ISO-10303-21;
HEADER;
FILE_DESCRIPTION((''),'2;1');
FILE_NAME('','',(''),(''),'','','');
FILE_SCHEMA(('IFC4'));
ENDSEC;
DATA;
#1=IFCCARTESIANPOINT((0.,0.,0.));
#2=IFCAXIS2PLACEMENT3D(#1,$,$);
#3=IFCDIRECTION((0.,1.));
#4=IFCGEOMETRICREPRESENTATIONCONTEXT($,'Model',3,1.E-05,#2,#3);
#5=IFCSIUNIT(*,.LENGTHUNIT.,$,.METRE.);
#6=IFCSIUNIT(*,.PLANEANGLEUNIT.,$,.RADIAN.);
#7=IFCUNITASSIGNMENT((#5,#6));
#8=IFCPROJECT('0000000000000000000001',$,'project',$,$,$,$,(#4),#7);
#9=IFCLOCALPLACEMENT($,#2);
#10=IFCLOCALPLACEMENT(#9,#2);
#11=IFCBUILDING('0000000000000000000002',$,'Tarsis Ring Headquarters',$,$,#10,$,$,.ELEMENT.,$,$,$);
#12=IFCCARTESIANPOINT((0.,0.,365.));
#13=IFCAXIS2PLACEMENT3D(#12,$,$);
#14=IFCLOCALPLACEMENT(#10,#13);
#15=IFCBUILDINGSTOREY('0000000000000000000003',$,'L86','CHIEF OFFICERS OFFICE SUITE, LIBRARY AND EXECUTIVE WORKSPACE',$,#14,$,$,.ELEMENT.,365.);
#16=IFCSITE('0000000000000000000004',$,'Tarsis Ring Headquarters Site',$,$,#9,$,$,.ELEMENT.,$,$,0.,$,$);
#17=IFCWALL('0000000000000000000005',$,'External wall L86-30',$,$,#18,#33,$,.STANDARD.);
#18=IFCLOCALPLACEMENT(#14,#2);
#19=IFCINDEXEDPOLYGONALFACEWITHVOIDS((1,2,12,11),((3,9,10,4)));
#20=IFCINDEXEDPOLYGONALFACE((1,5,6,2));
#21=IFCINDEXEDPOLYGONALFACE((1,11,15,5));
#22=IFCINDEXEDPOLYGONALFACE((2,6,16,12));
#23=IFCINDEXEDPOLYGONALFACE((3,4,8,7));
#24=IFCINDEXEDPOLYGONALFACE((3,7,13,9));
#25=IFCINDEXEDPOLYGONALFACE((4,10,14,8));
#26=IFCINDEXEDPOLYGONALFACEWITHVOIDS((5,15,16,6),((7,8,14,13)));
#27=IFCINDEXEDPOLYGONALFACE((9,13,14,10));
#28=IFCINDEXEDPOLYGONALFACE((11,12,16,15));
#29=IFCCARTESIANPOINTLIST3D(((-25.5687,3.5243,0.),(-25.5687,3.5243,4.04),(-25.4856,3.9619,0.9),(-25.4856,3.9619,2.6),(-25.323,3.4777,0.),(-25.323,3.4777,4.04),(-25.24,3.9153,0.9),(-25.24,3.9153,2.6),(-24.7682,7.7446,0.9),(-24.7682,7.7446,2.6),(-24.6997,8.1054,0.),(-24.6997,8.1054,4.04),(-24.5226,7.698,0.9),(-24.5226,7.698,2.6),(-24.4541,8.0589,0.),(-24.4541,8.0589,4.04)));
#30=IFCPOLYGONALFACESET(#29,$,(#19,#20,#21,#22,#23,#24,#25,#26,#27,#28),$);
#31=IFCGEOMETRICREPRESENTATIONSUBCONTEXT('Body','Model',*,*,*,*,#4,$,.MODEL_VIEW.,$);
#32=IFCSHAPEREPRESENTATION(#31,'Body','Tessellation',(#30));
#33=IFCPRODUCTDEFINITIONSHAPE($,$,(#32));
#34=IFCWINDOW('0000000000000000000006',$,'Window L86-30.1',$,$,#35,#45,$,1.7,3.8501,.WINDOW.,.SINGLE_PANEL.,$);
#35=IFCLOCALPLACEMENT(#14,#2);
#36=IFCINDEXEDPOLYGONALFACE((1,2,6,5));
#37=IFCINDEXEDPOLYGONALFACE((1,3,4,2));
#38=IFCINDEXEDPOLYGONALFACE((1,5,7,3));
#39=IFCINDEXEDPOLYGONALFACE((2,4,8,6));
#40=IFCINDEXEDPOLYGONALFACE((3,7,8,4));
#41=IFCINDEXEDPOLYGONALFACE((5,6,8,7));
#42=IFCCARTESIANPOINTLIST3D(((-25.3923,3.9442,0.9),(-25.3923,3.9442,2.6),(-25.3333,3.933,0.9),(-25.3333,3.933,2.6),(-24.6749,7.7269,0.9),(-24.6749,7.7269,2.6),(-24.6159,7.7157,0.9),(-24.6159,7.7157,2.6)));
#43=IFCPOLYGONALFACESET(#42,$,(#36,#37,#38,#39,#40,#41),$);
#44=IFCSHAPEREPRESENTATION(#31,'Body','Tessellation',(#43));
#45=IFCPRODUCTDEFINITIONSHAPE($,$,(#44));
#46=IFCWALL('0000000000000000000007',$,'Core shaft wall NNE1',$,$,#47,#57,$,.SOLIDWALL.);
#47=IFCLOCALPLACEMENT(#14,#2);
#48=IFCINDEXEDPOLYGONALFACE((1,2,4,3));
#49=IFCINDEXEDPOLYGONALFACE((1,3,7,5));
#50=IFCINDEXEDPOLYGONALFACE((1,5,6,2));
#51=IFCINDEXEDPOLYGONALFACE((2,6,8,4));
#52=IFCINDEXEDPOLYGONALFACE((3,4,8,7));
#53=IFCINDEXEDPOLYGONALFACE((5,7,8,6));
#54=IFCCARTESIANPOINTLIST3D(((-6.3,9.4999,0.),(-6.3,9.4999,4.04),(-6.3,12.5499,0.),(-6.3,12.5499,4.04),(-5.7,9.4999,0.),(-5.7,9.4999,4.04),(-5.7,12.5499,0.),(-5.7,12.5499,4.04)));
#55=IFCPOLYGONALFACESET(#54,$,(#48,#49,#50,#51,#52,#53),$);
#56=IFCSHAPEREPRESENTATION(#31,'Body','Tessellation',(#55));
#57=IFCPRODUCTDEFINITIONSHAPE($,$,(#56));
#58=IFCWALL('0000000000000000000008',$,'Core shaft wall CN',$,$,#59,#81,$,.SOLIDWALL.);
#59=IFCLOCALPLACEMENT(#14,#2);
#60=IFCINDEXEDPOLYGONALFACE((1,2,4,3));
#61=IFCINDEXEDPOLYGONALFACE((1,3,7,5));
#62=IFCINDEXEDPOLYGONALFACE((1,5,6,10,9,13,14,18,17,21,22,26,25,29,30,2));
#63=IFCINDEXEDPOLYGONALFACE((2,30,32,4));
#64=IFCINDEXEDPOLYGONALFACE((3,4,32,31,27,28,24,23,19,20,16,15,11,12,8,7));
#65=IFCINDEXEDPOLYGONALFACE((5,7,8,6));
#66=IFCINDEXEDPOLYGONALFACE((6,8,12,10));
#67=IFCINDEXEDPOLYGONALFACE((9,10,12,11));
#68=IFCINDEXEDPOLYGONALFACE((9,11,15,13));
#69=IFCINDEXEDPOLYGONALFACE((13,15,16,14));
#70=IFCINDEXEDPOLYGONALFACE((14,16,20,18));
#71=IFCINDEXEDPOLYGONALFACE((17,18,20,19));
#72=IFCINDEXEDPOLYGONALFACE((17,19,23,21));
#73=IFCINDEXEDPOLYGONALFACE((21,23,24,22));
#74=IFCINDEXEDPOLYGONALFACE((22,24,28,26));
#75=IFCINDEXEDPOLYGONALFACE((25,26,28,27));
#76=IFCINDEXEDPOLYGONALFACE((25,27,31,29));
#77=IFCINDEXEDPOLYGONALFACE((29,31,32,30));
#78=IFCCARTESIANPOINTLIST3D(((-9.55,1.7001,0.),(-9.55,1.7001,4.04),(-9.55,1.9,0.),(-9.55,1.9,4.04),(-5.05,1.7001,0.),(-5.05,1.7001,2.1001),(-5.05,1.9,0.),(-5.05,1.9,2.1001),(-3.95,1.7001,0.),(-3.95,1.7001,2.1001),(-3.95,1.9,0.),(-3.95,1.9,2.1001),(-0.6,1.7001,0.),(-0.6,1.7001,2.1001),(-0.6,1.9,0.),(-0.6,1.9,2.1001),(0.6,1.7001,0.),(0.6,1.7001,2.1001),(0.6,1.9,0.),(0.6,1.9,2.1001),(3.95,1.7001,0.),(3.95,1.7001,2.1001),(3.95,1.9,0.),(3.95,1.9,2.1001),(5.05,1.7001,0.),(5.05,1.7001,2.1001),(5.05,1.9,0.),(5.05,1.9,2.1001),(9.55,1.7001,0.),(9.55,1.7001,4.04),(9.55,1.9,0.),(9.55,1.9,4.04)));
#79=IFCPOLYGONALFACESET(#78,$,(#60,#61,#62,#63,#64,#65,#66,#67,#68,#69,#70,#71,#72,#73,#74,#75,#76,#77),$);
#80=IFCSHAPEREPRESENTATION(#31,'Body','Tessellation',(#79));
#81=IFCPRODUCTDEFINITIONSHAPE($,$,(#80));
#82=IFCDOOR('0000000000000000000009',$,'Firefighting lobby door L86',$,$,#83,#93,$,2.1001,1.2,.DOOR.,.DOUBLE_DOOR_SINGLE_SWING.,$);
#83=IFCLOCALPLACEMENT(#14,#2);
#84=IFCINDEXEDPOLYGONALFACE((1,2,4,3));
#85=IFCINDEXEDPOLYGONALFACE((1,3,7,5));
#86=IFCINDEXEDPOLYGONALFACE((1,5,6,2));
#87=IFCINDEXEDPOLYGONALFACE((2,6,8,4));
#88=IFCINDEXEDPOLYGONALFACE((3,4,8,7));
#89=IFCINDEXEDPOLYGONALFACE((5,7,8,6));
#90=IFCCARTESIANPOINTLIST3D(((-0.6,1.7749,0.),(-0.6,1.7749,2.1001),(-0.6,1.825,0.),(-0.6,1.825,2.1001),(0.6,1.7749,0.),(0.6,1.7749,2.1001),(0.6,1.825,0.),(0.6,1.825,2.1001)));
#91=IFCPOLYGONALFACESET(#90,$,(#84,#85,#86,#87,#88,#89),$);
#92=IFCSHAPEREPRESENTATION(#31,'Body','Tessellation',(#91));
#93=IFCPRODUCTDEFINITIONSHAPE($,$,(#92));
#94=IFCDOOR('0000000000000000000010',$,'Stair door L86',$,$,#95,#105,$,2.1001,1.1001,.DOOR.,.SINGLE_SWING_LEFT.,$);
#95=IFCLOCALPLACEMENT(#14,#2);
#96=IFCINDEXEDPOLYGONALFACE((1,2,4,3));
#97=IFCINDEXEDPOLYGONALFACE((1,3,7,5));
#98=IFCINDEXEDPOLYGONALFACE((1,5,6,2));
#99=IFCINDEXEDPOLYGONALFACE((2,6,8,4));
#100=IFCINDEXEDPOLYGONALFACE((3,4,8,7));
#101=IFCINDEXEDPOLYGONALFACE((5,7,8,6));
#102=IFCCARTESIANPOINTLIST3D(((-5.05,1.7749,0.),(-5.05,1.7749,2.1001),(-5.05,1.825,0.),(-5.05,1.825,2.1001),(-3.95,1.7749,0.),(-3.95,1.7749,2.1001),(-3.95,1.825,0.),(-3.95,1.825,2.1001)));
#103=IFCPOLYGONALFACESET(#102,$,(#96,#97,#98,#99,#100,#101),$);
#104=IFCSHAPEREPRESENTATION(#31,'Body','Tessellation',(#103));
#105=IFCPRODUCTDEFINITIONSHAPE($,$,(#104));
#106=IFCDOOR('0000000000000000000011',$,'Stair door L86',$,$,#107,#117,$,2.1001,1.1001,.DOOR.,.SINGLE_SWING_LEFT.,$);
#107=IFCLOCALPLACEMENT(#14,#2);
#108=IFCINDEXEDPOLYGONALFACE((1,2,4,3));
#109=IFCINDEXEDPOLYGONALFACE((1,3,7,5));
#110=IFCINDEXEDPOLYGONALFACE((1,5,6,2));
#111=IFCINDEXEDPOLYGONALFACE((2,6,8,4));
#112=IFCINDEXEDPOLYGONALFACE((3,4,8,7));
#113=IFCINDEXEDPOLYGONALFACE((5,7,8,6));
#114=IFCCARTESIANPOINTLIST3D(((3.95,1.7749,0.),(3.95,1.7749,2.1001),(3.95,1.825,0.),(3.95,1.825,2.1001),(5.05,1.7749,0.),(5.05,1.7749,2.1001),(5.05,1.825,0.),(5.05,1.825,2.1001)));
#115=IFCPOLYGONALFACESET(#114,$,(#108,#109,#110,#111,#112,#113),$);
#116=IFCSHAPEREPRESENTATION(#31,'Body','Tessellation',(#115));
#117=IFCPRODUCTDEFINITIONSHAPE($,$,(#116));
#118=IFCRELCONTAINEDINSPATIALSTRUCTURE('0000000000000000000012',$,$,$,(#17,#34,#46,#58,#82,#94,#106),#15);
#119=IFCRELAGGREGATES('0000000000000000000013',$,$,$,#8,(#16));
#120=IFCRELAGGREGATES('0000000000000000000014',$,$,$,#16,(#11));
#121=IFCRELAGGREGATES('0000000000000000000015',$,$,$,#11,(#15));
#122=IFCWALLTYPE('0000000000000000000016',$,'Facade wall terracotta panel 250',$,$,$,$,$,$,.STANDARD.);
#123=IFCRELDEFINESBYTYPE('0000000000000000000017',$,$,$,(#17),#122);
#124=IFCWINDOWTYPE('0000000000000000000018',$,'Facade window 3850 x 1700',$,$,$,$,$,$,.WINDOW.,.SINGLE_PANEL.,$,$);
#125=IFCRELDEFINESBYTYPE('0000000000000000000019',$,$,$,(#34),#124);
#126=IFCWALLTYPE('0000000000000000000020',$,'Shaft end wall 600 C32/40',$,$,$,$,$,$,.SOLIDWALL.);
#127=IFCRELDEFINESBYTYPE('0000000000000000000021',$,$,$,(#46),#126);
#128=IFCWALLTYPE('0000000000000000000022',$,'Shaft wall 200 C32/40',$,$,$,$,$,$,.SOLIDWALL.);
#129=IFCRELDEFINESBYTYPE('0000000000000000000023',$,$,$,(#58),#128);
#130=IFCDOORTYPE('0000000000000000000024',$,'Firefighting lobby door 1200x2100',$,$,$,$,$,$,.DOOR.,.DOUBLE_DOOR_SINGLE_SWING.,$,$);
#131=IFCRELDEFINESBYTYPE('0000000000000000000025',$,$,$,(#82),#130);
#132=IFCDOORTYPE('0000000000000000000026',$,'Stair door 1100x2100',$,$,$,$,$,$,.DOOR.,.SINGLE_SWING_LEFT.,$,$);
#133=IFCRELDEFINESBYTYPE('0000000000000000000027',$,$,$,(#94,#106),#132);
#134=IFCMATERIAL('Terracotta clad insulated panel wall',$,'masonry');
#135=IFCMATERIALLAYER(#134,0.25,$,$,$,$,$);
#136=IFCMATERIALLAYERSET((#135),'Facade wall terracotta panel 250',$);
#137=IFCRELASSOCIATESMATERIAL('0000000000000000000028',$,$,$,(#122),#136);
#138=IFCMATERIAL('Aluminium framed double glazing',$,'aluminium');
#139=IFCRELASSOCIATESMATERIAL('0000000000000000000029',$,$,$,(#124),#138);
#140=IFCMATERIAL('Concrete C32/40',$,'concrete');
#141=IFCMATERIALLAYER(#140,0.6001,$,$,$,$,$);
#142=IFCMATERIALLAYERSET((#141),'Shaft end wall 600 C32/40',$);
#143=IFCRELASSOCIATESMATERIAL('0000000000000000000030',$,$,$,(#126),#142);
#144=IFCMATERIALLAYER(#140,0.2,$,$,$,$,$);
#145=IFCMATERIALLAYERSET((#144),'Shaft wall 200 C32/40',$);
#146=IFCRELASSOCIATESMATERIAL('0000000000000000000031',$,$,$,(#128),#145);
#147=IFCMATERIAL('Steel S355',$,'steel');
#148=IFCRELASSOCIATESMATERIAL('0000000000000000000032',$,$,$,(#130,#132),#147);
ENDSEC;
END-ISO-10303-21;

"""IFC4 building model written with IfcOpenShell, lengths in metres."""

from ifc_helpers import new_model, si_unit, direction, frame, frame_2d, origin, place, context, subcontext, project, spatial, rectangle, extrude, material, layer, layer_set, type_object, element, fill, save


model = new_model("IFC4")

# Units and contexts
model_context = context("Model", 3, precision=1e-05, world=origin(), true_north=direction((0.0, 1.0)))
body_context = subcontext(model_context, "Body", "Model", "MODEL_VIEW")
ifc_project = project(units=[si_unit("LENGTHUNIT", "METRE"), si_unit("PLANEANGLEUNIT", "RADIAN")], contexts=[model_context])

# Site, building, storey
site_placement = place(None, origin())
site = spatial("IfcSite", under=ifc_project, at=site_placement, Name="Tarsis Ring Headquarters Site", CompositionType="ELEMENT", RefElevation=0.0)
building_placement = place(site_placement, origin())
building = spatial("IfcBuilding", under=site, at=building_placement, Name="Tarsis Ring Headquarters", CompositionType="ELEMENT")
storey_placement = place(building_placement, frame((0.0, 0.0, 365.0)))
storey = spatial("IfcBuildingStorey", under=building, at=storey_placement, Name="L86", Description="CHIEF OFFICERS OFFICE SUITE, LIBRARY AND EXECUTIVE WORKSPACE", CompositionType="ELEMENT", Elevation=365.0)

# Shared definitions
ifc_material_1 = material(Name="Steel S355", Category="steel")

# Wall, opening, window
ifc_material_2 = material(Name="Terracotta clad insulated panel wall", Category="masonry")
ifc_layer_1 = layer(ifc_material_2, 0.25)
ifc_layer_set_1 = layer_set([ifc_layer_1], Name="Facade wall terracotta panel 250")
wall_type_1 = type_object("IfcWallType", Name="Facade wall terracotta panel 250", PredefinedType="STANDARD", material=ifc_layer_set_1)
wall_1_placement = place(storey_placement, frame((-24.5769, 8.0823, 0.0), z_axis=(0.0, 0.0, 1.0), x_axis=(-0.186349, -0.982484, 0.0)))
wall_1 = element("IfcWall", 1, at=wall_1_placement, inside=storey, type_object=wall_type_1, Name="External wall L86-30", PredefinedType="STANDARD", context=body_context, shape_type="SweptSolid", body=[
    extrude(rectangle(XDim=4.6628, YDim=0.25, at=frame_2d((2.3315, 0.0))), origin(), (0.0, 0.0, 1.0), 4.04),
])
opening_1_placement = place(wall_1_placement, frame((0.3674, 0.0, 0.8999)))
opening_1 = element("IfcOpeningElement", 2, at=opening_1_placement, cuts=wall_1, PredefinedType="OPENING", context=body_context, shape_type="SweptSolid", body=[
    extrude(rectangle(XDim=3.8501, YDim=1.7, at=frame_2d((1.925, 0.8501))), frame((0.0, 0.135, 0.0), z_axis=(0.0, -1.0, 0.0), x_axis=(1.0, 0.0, 0.0)), (0.0, 0.0, 1.0), 0.27),
])
ifc_material_3 = material(Name="Aluminium framed double glazing", Category="aluminium")
window_type = type_object("IfcWindowType", Name="Facade window 3850 x 1700", PartitioningType="SINGLE_PANEL", PredefinedType="WINDOW", material=ifc_material_3)
window_placement = place(opening_1_placement, origin())
window = element("IfcWindow", 3, at=window_placement, inside=storey, type_object=window_type, Name="Window L86-30.1", OverallHeight=1.7, OverallWidth=3.8501, PartitioningType="SINGLE_PANEL", PredefinedType="WINDOW", context=body_context, shape_type="SweptSolid", body=[
    extrude(rectangle(XDim=3.8501, YDim=1.7, at=frame_2d((1.925, 0.8501))), frame((0.0, 0.03, 0.0), z_axis=(0.0, -1.0, 0.0), x_axis=(1.0, 0.0, 0.0)), (0.0, 0.0, 1.0), 0.0601),
])
fill(opening_1, window)

# Wall
ifc_material_4 = material(Name="Concrete C32/40", Category="concrete")
ifc_layer_2 = layer(ifc_material_4, 0.6001)
ifc_layer_set_2 = layer_set([ifc_layer_2], Name="Shaft end wall 600 C32/40")
wall_type_2 = type_object("IfcWallType", Name="Shaft end wall 600 C32/40", PredefinedType="SOLIDWALL", material=ifc_layer_set_2)
wall_2_placement = place(storey_placement, frame((-6.0, 9.5, 0.0), z_axis=(0.0, 0.0, 1.0), x_axis=(0.0, 1.0, 0.0)))
element("IfcWall", 4, at=wall_2_placement, inside=storey, type_object=wall_type_2, Name="Core shaft wall NNE1", PredefinedType="SOLIDWALL", context=body_context, shape_type="SweptSolid", body=[
    extrude(rectangle(XDim=3.05, YDim=0.6001, at=frame_2d((1.5249, 0.0))), origin(), (0.0, 0.0, 1.0), 4.04),
])

# Wall, openings, doors
ifc_layer_3 = layer(ifc_material_4, 0.2)
ifc_layer_set_3 = layer_set([ifc_layer_3], Name="Shaft wall 200 C32/40")
wall_type_3 = type_object("IfcWallType", Name="Shaft wall 200 C32/40", PredefinedType="SOLIDWALL", material=ifc_layer_set_3)
wall_3_placement = place(storey_placement, frame((-9.55, 1.8, 0.0), z_axis=(0.0, 0.0, 1.0), x_axis=(1.0, 0.0, 0.0)))
wall_3 = element("IfcWall", 5, at=wall_3_placement, inside=storey, type_object=wall_type_3, Name="Core shaft wall CN", PredefinedType="SOLIDWALL", context=body_context, shape_type="SweptSolid", body=[
    extrude(rectangle(XDim=19.1001, YDim=0.2, at=frame_2d((9.55, 0.0))), origin(), (0.0, 0.0, 1.0), 4.04),
])
opening_2_placement = place(wall_3_placement, frame((4.5, 0.0, 0.0)))
opening_2 = element("IfcOpeningElement", 6, at=opening_2_placement, cuts=wall_3, PredefinedType="OPENING", context=body_context, shape_type="SweptSolid", body=[
    extrude(rectangle(XDim=1.1001, YDim=2.1001, at=frame_2d((0.55, 1.05))), frame((0.0, 0.1099, 0.0), z_axis=(0.0, -1.0, 0.0), x_axis=(1.0, 0.0, 0.0)), (0.0, 0.0, 1.0), 0.22),
])
opening_3_placement = place(wall_3_placement, frame((8.95, 0.0, 0.0)))
opening_3 = element("IfcOpeningElement", 7, at=opening_3_placement, cuts=wall_3, PredefinedType="OPENING", context=body_context, shape_type="SweptSolid", body=[
    extrude(rectangle(XDim=1.2, YDim=2.1001, at=frame_2d((0.6001, 1.05))), frame((0.0, 0.1099, 0.0), z_axis=(0.0, -1.0, 0.0), x_axis=(1.0, 0.0, 0.0)), (0.0, 0.0, 1.0), 0.22),
])
opening_4_placement = place(wall_3_placement, frame((13.5, 0.0, 0.0)))
opening_4 = element("IfcOpeningElement", 8, at=opening_4_placement, cuts=wall_3, PredefinedType="OPENING", context=body_context, shape_type="SweptSolid", body=[
    extrude(rectangle(XDim=1.1001, YDim=2.1001, at=frame_2d((0.55, 1.05))), frame((0.0, 0.1099, 0.0), z_axis=(0.0, -1.0, 0.0), x_axis=(1.0, 0.0, 0.0)), (0.0, 0.0, 1.0), 0.22),
])
door_type_1 = type_object("IfcDoorType", Name="Firefighting lobby door 1200x2100", OperationType="DOUBLE_DOOR_SINGLE_SWING", PredefinedType="DOOR", material=ifc_material_1)
door_1_placement = place(opening_3_placement, origin())
door_1 = element("IfcDoor", 9, at=door_1_placement, inside=storey, type_object=door_type_1, Name="Firefighting lobby door L86", OperationType="DOUBLE_DOOR_SINGLE_SWING", OverallHeight=2.1001, OverallWidth=1.2, PredefinedType="DOOR", context=body_context, shape_type="SweptSolid", body=[
    extrude(rectangle(XDim=1.2, YDim=2.1001, at=frame_2d((0.6001, 1.05))), frame((0.0, 0.0249, 0.0), z_axis=(0.0, -1.0, 0.0), x_axis=(1.0, 0.0, 0.0)), (0.0, 0.0, 1.0), 0.05),
])
fill(opening_3, door_1)
door_type_2 = type_object("IfcDoorType", Name="Stair door 1100x2100", OperationType="SINGLE_SWING_LEFT", PredefinedType="DOOR", material=ifc_material_1)
door_2_placement = place(opening_2_placement, origin())
door_2 = element("IfcDoor", 10, at=door_2_placement, inside=storey, type_object=door_type_2, Name="Stair door L86", OperationType="SINGLE_SWING_LEFT", OverallHeight=2.1001, OverallWidth=1.1001, PredefinedType="DOOR", context=body_context, shape_type="SweptSolid", body=[
    extrude(rectangle(XDim=1.1001, YDim=2.1001, at=frame_2d((0.55, 1.05))), frame((0.0, 0.0249, 0.0), z_axis=(0.0, -1.0, 0.0), x_axis=(1.0, 0.0, 0.0)), (0.0, 0.0, 1.0), 0.05),
])
fill(opening_2, door_2)
door_3_placement = place(opening_4_placement, origin())
door_3 = element("IfcDoor", 11, at=door_3_placement, inside=storey, type_object=door_type_2, Name="Stair door L86", OperationType="SINGLE_SWING_LEFT", OverallHeight=2.1001, OverallWidth=1.1001, PredefinedType="DOOR", context=body_context, shape_type="SweptSolid", body=[
    extrude(rectangle(XDim=1.1001, YDim=2.1001, at=frame_2d((0.55, 1.05))), frame((0.0, 0.0249, 0.0), z_axis=(0.0, -1.0, 0.0), x_axis=(1.0, 0.0, 0.0)), (0.0, 0.0, 1.0), 0.05),
])
fill(opening_4, door_3)

save(model, "model.ifc")
